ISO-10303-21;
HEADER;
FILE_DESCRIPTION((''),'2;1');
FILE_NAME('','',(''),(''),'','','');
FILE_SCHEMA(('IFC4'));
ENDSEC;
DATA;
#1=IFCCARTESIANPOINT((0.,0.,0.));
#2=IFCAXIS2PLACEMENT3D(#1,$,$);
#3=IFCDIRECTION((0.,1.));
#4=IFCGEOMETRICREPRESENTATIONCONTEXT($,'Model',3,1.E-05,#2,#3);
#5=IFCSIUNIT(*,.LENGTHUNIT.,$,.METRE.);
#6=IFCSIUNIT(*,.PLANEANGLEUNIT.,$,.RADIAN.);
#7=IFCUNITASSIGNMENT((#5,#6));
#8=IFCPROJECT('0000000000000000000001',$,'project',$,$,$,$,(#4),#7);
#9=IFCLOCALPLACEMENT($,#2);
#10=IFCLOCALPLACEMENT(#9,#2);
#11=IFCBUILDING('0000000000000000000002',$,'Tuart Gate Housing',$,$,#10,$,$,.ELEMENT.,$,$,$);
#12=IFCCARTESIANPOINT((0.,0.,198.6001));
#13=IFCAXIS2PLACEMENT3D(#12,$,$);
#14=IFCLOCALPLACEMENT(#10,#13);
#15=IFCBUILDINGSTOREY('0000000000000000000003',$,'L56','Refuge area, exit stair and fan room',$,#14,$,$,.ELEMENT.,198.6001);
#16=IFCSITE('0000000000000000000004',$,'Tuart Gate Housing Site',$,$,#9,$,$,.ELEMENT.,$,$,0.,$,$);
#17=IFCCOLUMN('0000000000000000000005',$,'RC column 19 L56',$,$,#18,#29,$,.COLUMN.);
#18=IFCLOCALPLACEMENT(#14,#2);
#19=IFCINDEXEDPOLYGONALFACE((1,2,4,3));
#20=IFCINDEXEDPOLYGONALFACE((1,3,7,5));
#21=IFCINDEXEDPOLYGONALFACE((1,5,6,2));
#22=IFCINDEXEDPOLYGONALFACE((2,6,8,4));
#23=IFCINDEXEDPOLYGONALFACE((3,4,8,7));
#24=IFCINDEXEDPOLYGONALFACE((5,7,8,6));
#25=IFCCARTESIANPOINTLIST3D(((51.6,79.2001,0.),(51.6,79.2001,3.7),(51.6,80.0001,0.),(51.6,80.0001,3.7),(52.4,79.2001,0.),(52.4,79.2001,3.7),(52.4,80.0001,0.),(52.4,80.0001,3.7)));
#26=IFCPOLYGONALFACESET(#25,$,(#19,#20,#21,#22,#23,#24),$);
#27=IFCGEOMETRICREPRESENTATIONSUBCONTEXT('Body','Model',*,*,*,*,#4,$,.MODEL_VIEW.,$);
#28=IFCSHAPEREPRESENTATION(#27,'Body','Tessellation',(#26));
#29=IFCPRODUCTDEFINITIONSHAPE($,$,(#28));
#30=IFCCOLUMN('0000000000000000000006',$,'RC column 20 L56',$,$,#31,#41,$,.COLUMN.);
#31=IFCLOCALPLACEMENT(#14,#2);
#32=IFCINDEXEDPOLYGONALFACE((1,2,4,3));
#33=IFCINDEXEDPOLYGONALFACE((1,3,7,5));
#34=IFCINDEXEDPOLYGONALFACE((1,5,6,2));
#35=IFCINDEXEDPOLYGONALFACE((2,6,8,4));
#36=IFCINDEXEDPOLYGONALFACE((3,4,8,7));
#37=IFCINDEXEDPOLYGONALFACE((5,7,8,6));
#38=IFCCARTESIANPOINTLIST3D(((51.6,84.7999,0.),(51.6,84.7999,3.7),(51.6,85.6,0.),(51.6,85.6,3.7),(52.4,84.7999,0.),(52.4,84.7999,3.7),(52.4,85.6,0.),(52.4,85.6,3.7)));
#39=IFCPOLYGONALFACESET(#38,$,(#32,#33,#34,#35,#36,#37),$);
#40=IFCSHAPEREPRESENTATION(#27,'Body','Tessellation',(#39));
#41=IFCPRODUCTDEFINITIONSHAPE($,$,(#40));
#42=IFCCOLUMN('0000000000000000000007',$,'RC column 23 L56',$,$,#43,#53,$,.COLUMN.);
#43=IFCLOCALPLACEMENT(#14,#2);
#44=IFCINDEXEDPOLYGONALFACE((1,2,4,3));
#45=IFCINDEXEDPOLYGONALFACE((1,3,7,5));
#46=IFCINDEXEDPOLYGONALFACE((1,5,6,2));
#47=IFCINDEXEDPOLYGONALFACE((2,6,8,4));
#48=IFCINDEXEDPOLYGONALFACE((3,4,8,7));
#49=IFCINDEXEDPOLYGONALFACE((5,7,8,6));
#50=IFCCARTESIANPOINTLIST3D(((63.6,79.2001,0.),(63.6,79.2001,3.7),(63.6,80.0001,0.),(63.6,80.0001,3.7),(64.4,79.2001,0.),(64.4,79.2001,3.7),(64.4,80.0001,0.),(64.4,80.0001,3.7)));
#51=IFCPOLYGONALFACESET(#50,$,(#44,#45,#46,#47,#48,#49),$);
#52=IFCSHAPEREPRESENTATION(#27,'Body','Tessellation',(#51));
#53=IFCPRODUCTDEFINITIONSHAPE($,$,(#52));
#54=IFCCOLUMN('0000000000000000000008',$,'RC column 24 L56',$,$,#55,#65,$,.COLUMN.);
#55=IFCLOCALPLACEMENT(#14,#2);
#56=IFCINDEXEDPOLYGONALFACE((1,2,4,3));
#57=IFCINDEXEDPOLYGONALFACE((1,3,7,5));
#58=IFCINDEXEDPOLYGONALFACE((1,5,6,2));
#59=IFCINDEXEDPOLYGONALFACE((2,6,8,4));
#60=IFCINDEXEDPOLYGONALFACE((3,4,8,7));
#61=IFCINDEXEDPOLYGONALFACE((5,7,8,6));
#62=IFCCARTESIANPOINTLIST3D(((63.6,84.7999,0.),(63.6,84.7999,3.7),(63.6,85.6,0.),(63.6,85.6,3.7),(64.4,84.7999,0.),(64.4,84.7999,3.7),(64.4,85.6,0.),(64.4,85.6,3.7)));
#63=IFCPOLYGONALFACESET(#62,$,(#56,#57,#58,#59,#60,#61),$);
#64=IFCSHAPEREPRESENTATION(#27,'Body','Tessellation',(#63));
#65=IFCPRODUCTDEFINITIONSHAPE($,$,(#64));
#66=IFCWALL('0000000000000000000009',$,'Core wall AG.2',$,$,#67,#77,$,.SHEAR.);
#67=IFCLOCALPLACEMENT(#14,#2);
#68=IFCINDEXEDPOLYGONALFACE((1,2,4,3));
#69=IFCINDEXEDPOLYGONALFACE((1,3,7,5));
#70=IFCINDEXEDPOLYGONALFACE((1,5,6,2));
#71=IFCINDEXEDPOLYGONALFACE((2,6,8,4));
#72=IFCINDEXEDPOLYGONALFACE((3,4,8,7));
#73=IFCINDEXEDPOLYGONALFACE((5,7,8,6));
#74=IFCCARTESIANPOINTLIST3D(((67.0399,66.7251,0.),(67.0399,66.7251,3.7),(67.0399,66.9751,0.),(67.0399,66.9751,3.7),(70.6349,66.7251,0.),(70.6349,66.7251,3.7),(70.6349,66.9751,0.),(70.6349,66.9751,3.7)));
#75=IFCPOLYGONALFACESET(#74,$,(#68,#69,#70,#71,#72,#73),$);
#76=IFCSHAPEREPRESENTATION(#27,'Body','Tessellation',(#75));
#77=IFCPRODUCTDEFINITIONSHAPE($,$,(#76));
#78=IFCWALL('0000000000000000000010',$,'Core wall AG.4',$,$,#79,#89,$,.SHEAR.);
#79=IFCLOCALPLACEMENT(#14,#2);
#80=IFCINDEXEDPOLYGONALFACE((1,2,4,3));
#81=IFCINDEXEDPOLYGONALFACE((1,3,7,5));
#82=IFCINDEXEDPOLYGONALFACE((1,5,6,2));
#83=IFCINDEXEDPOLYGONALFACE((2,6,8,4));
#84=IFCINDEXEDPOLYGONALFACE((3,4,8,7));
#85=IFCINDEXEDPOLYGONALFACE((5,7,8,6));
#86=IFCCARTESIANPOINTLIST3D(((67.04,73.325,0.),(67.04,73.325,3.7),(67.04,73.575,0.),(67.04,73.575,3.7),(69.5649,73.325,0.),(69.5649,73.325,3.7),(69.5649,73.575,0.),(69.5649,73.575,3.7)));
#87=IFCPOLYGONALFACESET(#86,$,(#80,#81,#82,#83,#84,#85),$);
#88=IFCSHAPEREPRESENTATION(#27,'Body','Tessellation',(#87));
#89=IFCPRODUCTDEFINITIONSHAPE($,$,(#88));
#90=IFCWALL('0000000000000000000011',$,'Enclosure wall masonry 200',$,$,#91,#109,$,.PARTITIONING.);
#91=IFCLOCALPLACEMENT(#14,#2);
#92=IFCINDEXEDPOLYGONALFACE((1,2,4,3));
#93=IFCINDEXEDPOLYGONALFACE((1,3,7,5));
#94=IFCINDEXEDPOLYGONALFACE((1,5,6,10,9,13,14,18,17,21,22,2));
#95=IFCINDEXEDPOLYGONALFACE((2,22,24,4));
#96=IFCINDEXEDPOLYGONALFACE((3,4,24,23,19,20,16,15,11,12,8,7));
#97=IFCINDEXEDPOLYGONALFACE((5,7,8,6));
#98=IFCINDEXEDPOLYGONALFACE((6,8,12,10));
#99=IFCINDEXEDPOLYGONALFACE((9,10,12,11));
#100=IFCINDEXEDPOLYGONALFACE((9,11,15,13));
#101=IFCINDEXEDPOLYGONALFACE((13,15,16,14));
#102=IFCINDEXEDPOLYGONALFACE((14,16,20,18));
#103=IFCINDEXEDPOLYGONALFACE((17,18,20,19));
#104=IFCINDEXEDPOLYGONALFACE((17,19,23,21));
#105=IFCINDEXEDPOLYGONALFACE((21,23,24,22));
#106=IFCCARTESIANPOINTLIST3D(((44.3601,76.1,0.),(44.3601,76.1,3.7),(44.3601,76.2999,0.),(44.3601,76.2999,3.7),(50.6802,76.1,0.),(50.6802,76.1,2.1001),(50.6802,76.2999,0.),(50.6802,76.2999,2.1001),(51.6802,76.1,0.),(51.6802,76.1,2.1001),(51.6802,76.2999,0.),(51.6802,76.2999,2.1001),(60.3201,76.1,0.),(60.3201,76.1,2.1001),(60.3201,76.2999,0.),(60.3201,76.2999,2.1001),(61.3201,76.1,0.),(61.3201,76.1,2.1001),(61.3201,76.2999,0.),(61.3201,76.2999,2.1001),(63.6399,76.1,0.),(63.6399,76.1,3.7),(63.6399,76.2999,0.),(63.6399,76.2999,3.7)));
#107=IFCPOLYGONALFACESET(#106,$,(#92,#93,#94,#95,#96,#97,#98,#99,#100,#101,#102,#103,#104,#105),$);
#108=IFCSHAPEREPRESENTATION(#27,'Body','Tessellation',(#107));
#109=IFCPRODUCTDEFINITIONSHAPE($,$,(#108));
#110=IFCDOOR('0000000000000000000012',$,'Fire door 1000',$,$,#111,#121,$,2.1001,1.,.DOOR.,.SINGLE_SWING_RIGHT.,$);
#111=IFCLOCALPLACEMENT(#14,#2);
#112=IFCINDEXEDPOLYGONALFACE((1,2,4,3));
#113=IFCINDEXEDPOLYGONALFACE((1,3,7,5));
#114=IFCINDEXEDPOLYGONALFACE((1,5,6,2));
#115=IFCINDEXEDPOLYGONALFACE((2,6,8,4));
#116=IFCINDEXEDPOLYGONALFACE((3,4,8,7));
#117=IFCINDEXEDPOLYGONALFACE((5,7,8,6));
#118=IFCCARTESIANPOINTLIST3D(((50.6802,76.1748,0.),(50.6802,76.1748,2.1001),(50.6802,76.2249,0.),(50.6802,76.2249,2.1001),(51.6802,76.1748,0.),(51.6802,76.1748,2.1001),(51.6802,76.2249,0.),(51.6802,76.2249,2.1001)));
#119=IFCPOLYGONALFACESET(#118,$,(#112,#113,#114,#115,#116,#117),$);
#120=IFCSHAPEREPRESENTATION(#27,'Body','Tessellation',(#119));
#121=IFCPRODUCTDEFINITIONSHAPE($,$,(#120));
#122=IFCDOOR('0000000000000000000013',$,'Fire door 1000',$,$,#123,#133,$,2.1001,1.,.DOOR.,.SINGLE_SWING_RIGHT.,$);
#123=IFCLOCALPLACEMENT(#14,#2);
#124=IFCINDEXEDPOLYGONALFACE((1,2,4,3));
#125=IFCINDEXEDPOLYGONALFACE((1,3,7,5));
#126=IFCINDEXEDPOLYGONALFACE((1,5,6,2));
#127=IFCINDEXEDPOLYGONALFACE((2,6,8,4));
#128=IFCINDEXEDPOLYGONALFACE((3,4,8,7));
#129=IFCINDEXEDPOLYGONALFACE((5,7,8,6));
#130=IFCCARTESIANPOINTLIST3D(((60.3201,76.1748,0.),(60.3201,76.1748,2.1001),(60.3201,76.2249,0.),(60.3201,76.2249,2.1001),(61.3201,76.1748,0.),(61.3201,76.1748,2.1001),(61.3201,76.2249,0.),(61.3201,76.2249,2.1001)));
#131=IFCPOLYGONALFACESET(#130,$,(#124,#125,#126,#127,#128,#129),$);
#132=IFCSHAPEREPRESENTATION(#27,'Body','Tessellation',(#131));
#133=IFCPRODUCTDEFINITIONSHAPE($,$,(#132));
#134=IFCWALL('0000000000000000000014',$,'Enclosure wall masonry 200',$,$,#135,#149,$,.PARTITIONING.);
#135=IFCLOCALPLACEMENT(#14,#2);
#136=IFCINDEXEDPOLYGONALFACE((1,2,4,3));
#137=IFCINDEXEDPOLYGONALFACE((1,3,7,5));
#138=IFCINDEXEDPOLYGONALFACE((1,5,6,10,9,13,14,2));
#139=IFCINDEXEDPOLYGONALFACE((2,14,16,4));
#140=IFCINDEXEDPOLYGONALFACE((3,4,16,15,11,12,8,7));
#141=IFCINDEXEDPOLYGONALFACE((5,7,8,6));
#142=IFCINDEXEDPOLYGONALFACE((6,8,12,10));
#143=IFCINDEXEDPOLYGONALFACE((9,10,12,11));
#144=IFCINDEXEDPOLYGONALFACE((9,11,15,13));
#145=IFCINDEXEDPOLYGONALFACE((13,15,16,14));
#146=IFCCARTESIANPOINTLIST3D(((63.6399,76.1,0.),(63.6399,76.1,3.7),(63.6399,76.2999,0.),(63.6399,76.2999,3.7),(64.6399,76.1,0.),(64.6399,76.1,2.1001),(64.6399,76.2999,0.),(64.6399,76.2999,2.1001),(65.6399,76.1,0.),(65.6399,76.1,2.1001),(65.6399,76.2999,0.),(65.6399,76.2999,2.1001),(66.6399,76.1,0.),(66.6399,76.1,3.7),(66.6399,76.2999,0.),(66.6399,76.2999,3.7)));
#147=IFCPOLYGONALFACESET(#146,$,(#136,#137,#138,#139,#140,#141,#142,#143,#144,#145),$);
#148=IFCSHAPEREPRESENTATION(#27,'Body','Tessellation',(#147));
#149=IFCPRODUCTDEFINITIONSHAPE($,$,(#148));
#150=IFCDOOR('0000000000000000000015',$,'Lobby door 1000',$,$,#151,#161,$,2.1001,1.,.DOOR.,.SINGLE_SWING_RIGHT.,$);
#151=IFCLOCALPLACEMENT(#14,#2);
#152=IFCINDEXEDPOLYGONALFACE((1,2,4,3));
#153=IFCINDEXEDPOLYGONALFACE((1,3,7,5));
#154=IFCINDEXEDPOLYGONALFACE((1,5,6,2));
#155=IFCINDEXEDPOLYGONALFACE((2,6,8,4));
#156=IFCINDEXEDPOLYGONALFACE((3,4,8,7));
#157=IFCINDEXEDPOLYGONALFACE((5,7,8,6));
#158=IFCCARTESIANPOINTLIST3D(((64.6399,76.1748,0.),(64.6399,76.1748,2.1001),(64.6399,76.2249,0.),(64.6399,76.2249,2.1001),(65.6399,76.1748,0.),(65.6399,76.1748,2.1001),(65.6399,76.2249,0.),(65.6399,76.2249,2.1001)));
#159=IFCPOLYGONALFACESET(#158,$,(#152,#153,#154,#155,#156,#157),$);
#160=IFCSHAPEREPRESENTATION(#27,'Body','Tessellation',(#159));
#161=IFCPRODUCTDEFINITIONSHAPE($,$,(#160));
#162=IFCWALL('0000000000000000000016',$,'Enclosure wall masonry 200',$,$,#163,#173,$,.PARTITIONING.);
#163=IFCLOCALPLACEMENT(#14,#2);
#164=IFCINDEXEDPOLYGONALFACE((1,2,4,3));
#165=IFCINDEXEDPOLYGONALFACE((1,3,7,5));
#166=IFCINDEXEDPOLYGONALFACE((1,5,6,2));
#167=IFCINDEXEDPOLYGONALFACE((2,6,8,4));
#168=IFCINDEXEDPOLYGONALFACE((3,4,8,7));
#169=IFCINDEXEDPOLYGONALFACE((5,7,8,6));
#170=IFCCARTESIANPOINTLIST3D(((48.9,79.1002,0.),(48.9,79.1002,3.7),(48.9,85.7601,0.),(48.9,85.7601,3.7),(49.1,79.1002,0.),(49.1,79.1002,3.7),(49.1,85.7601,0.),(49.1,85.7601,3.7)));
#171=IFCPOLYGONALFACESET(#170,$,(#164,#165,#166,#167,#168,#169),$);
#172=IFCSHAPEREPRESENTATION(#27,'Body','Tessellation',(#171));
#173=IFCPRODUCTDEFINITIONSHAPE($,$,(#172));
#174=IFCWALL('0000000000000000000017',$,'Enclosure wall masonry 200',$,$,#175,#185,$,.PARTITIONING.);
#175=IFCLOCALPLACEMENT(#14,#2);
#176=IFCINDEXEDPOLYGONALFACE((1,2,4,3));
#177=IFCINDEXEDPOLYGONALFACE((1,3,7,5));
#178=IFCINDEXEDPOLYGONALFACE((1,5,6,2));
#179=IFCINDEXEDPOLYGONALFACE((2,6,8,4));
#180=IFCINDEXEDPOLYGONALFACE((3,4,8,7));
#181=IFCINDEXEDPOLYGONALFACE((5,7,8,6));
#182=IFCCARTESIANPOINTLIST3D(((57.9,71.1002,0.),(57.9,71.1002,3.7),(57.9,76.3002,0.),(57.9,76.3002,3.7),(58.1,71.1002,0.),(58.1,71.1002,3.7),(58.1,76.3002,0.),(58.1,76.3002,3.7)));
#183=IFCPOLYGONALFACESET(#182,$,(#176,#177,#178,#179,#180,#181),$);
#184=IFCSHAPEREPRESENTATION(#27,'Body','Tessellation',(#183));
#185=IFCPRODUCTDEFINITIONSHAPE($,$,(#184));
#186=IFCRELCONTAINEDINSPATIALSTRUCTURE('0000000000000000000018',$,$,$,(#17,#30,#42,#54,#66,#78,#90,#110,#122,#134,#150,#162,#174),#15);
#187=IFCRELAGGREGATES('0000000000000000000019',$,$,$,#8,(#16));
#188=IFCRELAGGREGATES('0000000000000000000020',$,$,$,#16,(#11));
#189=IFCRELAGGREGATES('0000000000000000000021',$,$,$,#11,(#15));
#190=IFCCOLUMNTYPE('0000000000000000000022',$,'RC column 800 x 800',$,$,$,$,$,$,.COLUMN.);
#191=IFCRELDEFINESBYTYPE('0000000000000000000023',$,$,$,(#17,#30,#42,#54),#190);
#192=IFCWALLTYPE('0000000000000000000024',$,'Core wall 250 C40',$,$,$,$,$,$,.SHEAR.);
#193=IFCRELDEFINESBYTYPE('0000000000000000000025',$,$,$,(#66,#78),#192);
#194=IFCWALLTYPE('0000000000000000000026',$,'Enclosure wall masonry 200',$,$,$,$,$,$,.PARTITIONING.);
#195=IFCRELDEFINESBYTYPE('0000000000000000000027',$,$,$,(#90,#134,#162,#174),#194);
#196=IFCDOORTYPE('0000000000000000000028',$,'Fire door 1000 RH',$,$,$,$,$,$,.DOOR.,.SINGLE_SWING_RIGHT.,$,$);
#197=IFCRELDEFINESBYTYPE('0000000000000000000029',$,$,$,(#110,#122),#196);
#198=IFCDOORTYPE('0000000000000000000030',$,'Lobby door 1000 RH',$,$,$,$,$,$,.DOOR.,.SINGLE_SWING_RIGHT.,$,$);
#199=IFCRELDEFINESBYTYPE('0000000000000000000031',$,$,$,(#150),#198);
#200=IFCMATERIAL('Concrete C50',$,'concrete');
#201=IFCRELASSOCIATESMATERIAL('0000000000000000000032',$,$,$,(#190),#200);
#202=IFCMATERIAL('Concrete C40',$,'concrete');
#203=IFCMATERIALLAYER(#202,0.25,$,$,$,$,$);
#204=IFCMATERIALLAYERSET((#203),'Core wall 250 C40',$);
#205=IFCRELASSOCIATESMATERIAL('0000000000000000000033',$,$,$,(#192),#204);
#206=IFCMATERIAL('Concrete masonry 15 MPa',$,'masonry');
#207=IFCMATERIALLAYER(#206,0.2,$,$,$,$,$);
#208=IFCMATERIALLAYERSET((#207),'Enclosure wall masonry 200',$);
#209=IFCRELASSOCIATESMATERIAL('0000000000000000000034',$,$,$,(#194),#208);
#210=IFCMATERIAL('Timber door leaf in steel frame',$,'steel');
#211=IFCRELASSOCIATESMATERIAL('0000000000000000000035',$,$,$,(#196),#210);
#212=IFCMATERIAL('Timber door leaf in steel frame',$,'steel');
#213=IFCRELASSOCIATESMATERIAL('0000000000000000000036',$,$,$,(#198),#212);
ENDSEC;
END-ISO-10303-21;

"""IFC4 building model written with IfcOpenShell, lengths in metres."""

from ifc_helpers import new_model, si_unit, direction, frame, frame_2d, origin, origin_2d, place, context, subcontext, project, spatial, rectangle, extrude, material, layer, layer_set, material_profile, profile_set, type_object, element, fill, save


model = new_model("IFC4")

# Units and contexts
model_context = context("Model", 3, precision=1e-05, world=origin(), true_north=direction((0.0, 1.0)))
body_context = subcontext(model_context, "Body", "Model", "MODEL_VIEW")
ifc_project = project(units=[si_unit("LENGTHUNIT", "METRE"), si_unit("PLANEANGLEUNIT", "RADIAN")], contexts=[model_context])

# Site, building, storey
site_placement = place(None, origin())
site = spatial("IfcSite", under=ifc_project, at=site_placement, Name="Tuart Gate Housing Site", CompositionType="ELEMENT", RefElevation=0.0)
building_placement = place(site_placement, origin())
building = spatial("IfcBuilding", under=site, at=building_placement, Name="Tuart Gate Housing", CompositionType="ELEMENT")
storey_placement = place(building_placement, frame((0.0, 0.0, 198.6001)))
storey = spatial("IfcBuildingStorey", under=building, at=storey_placement, Name="L56", Description="Refuge area, exit stair and fan room", CompositionType="ELEMENT", Elevation=198.6001)

# Columns
ifc_material_1 = material(Name="Concrete C50", Category="concrete")
ifc_material_profile = material_profile(ifc_material_1, rectangle(XDim=0.8, YDim=0.8, at=origin_2d()), Name="RC column 800 x 800")
ifc_profile_set = profile_set([ifc_material_profile], Name="Concrete C50")
column_type = type_object("IfcColumnType", Name="RC column 800 x 800", PredefinedType="COLUMN", material=ifc_profile_set)
for number, where, z_axis, x_axis, name in (
    (1, (52.0, 79.6001, 0.0), (0.0, 0.0, 1.0), (1.0, 0.0, 0.0), "RC column 19 L56"),
    (2, (52.0, 85.2, 0.0), (0.0, 0.0, 1.0), (1.0, 0.0, 0.0), "RC column 20 L56"),
    (3, (64.0, 79.6001, 0.0), (0.0, 0.0, 1.0), (1.0, 0.0, 0.0), "RC column 23 L56"),
    (4, (64.0, 85.2, 0.0), (0.0, 0.0, 1.0), (1.0, 0.0, 0.0), "RC column 24 L56"),
):
    element("IfcColumn", number, at=place(storey_placement, frame(where, z_axis=z_axis, x_axis=x_axis)), inside=storey, type_object=column_type, Name=name, PredefinedType="COLUMN", context=body_context, shape_type="SweptSolid", body=[
        extrude(rectangle(XDim=0.8, YDim=0.8, at=origin_2d()), origin(), (0.0, 0.0, 1.0), 3.7),
    ])

# Walls
ifc_material_2 = material(Name="Concrete C40", Category="concrete")
ifc_layer_1 = layer(ifc_material_2, 0.25)
ifc_layer_set_1 = layer_set([ifc_layer_1], Name="Core wall 250 C40")
wall_type_1 = type_object("IfcWallType", Name="Core wall 250 C40", PredefinedType="SHEAR", material=ifc_layer_set_1)
wall_1_placement = place(storey_placement, frame((67.04, 66.8501, 0.0), z_axis=(0.0, 0.0, 1.0), x_axis=(1.0, 0.0, 0.0)))
element("IfcWall", 5, at=wall_1_placement, inside=storey, type_object=wall_type_1, Name="Core wall AG.2", PredefinedType="SHEAR", context=body_context, shape_type="SweptSolid", body=[
    extrude(rectangle(XDim=3.595, YDim=0.25, at=frame_2d((1.7974, 0.0))), origin(), (0.0, 0.0, 1.0), 3.7),
])
wall_2_placement = place(storey_placement, frame((67.04, 73.45, 0.0), z_axis=(0.0, 0.0, 1.0), x_axis=(1.0, 0.0, 0.0)))
element("IfcWall", 6, at=wall_2_placement, inside=storey, type_object=wall_type_1, Name="Core wall AG.4", PredefinedType="SHEAR", context=body_context, shape_type="SweptSolid", body=[
    extrude(rectangle(XDim=2.5249, YDim=0.25, at=frame_2d((1.2625, 0.0))), origin(), (0.0, 0.0, 1.0), 3.7),
])

# Wall, openings, doors
ifc_material_3 = material(Name="Concrete masonry 15 MPa", Category="masonry")
ifc_layer_2 = layer(ifc_material_3, 0.2)
ifc_layer_set_2 = layer_set([ifc_layer_2], Name="Enclosure wall masonry 200")
wall_type_2 = type_object("IfcWallType", Name="Enclosure wall masonry 200", PredefinedType="PARTITIONING", material=ifc_layer_set_2)
wall_3_placement = place(storey_placement, frame((44.3601, 76.2, 0.0), z_axis=(0.0, 0.0, 1.0), x_axis=(1.0, 0.0, 0.0)))
wall_3 = element("IfcWall", 7, at=wall_3_placement, inside=storey, type_object=wall_type_2, Name="Enclosure wall masonry 200", PredefinedType="PARTITIONING", context=body_context, shape_type="SweptSolid", body=[
    extrude(rectangle(XDim=19.2798, YDim=0.2, at=frame_2d((9.6399, 0.0))), origin(), (0.0, 0.0, 1.0), 3.7),
])
opening_1_placement = place(wall_3_placement, frame((6.3201, 0.0, 0.0)))
opening_1 = element("IfcOpeningElement", 8, at=opening_1_placement, cuts=wall_3, PredefinedType="OPENING", context=body_context, shape_type="SweptSolid", body=[
    extrude(rectangle(XDim=1.0, YDim=2.1001, at=frame_2d((0.5, 1.05))), frame((0.0, 0.1099, 0.0), z_axis=(0.0, -1.0, 0.0), x_axis=(1.0, 0.0, 0.0)), (0.0, 0.0, 1.0), 0.22),
])
opening_2_placement = place(wall_3_placement, frame((15.96, 0.0, 0.0)))
opening_2 = element("IfcOpeningElement", 9, at=opening_2_placement, cuts=wall_3, PredefinedType="OPENING", context=body_context, shape_type="SweptSolid", body=[
    extrude(rectangle(XDim=1.0, YDim=2.1001, at=frame_2d((0.5, 1.05))), frame((0.0, 0.1099, 0.0), z_axis=(0.0, -1.0, 0.0), x_axis=(1.0, 0.0, 0.0)), (0.0, 0.0, 1.0), 0.22),
])
ifc_material_4 = material(Name="Timber door leaf in steel frame", Category="steel")
door_type_1 = type_object("IfcDoorType", Name="Fire door 1000 RH", OperationType="SINGLE_SWING_RIGHT", PredefinedType="DOOR", material=ifc_material_4)
door_1_placement = place(opening_1_placement, frame((1.0, 0.0, 0.0), z_axis=(0.0, 0.0, 1.0), x_axis=(-1.0, 0.0, 0.0)))
door_1 = element("IfcDoor", 10, at=door_1_placement, inside=storey, type_object=door_type_1, Name="Fire door 1000", OperationType="SINGLE_SWING_RIGHT", OverallHeight=2.1001, OverallWidth=1.0, PredefinedType="DOOR", context=body_context, shape_type="SweptSolid", body=[
    extrude(rectangle(XDim=1.0, YDim=2.1001, at=frame_2d((0.5, 1.05))), frame((0.0, 0.0251, 0.0), z_axis=(0.0, -1.0, 0.0), x_axis=(1.0, 0.0, 0.0)), (0.0, 0.0, 1.0), 0.05),
])
fill(opening_1, door_1)
door_2_placement = place(opening_2_placement, frame((1.0, 0.0, 0.0), z_axis=(0.0, 0.0, 1.0), x_axis=(-1.0, 0.0, 0.0)))
door_2 = element("IfcDoor", 11, at=door_2_placement, inside=storey, type_object=door_type_1, Name="Fire door 1000", OperationType="SINGLE_SWING_RIGHT", OverallHeight=2.1001, OverallWidth=1.0, PredefinedType="DOOR", context=body_context, shape_type="SweptSolid", body=[
    extrude(rectangle(XDim=1.0, YDim=2.1001, at=frame_2d((0.5, 1.05))), frame((0.0, 0.0251, 0.0), z_axis=(0.0, -1.0, 0.0), x_axis=(1.0, 0.0, 0.0)), (0.0, 0.0, 1.0), 0.05),
])
fill(opening_2, door_2)

# Wall, opening, door
wall_4_placement = place(storey_placement, frame((63.6399, 76.2, 0.0), z_axis=(0.0, 0.0, 1.0), x_axis=(1.0, 0.0, 0.0)))
wall_4 = element("IfcWall", 12, at=wall_4_placement, inside=storey, type_object=wall_type_2, Name="Enclosure wall masonry 200", PredefinedType="PARTITIONING", context=body_context, shape_type="SweptSolid", body=[
    extrude(rectangle(XDim=3.0, YDim=0.2, at=frame_2d((1.5, 0.0))), origin(), (0.0, 0.0, 1.0), 3.7),
])
opening_3_placement = place(wall_4_placement, frame((1.0, 0.0, 0.0)))
opening_3 = element("IfcOpeningElement", 13, at=opening_3_placement, cuts=wall_4, PredefinedType="OPENING", context=body_context, shape_type="SweptSolid", body=[
    extrude(rectangle(XDim=1.0, YDim=2.1001, at=frame_2d((0.5, 1.05))), frame((0.0, 0.1099, 0.0), z_axis=(0.0, -1.0, 0.0), x_axis=(1.0, 0.0, 0.0)), (0.0, 0.0, 1.0), 0.22),
])
ifc_material_5 = material(Name="Timber door leaf in steel frame", Category="steel")
door_type_2 = type_object("IfcDoorType", Name="Lobby door 1000 RH", OperationType="SINGLE_SWING_RIGHT", PredefinedType="DOOR", material=ifc_material_5)
door_3_placement = place(opening_3_placement, frame((1.0, 0.0, 0.0), z_axis=(0.0, 0.0, 1.0), x_axis=(-1.0, 0.0, 0.0)))
door_3 = element("IfcDoor", 14, at=door_3_placement, inside=storey, type_object=door_type_2, Name="Lobby door 1000", OperationType="SINGLE_SWING_RIGHT", OverallHeight=2.1001, OverallWidth=1.0, PredefinedType="DOOR", context=body_context, shape_type="SweptSolid", body=[
    extrude(rectangle(XDim=1.0, YDim=2.1001, at=frame_2d((0.5, 1.05))), frame((0.0, 0.0251, 0.0), z_axis=(0.0, -1.0, 0.0), x_axis=(1.0, 0.0, 0.0)), (0.0, 0.0, 1.0), 0.05),
])
fill(opening_3, door_3)

# Walls
wall_5_placement = place(storey_placement, frame((49.0, 79.1001, 0.0), z_axis=(0.0, 0.0, 1.0), x_axis=(0.0, 1.0, 0.0)))
element("IfcWall", 15, at=wall_5_placement, inside=storey, type_object=wall_type_2, Name="Enclosure wall masonry 200", PredefinedType="PARTITIONING", context=body_context, shape_type="SweptSolid", body=[
    extrude(rectangle(XDim=6.6599, YDim=0.2, at=frame_2d((3.3301, 0.0))), origin(), (0.0, 0.0, 1.0), 3.7),
])
wall_6_placement = place(storey_placement, frame((58.0, 71.1001, 0.0), z_axis=(0.0, 0.0, 1.0), x_axis=(0.0, 1.0, 0.0)))
element("IfcWall", 16, at=wall_6_placement, inside=storey, type_object=wall_type_2, Name="Enclosure wall masonry 200", PredefinedType="PARTITIONING", context=body_context, shape_type="SweptSolid", body=[
    extrude(rectangle(XDim=5.2, YDim=0.2, at=frame_2d((2.6001, 0.0))), origin(), (0.0, 0.0, 1.0), 3.7),
])

save(model, "model.ifc")
